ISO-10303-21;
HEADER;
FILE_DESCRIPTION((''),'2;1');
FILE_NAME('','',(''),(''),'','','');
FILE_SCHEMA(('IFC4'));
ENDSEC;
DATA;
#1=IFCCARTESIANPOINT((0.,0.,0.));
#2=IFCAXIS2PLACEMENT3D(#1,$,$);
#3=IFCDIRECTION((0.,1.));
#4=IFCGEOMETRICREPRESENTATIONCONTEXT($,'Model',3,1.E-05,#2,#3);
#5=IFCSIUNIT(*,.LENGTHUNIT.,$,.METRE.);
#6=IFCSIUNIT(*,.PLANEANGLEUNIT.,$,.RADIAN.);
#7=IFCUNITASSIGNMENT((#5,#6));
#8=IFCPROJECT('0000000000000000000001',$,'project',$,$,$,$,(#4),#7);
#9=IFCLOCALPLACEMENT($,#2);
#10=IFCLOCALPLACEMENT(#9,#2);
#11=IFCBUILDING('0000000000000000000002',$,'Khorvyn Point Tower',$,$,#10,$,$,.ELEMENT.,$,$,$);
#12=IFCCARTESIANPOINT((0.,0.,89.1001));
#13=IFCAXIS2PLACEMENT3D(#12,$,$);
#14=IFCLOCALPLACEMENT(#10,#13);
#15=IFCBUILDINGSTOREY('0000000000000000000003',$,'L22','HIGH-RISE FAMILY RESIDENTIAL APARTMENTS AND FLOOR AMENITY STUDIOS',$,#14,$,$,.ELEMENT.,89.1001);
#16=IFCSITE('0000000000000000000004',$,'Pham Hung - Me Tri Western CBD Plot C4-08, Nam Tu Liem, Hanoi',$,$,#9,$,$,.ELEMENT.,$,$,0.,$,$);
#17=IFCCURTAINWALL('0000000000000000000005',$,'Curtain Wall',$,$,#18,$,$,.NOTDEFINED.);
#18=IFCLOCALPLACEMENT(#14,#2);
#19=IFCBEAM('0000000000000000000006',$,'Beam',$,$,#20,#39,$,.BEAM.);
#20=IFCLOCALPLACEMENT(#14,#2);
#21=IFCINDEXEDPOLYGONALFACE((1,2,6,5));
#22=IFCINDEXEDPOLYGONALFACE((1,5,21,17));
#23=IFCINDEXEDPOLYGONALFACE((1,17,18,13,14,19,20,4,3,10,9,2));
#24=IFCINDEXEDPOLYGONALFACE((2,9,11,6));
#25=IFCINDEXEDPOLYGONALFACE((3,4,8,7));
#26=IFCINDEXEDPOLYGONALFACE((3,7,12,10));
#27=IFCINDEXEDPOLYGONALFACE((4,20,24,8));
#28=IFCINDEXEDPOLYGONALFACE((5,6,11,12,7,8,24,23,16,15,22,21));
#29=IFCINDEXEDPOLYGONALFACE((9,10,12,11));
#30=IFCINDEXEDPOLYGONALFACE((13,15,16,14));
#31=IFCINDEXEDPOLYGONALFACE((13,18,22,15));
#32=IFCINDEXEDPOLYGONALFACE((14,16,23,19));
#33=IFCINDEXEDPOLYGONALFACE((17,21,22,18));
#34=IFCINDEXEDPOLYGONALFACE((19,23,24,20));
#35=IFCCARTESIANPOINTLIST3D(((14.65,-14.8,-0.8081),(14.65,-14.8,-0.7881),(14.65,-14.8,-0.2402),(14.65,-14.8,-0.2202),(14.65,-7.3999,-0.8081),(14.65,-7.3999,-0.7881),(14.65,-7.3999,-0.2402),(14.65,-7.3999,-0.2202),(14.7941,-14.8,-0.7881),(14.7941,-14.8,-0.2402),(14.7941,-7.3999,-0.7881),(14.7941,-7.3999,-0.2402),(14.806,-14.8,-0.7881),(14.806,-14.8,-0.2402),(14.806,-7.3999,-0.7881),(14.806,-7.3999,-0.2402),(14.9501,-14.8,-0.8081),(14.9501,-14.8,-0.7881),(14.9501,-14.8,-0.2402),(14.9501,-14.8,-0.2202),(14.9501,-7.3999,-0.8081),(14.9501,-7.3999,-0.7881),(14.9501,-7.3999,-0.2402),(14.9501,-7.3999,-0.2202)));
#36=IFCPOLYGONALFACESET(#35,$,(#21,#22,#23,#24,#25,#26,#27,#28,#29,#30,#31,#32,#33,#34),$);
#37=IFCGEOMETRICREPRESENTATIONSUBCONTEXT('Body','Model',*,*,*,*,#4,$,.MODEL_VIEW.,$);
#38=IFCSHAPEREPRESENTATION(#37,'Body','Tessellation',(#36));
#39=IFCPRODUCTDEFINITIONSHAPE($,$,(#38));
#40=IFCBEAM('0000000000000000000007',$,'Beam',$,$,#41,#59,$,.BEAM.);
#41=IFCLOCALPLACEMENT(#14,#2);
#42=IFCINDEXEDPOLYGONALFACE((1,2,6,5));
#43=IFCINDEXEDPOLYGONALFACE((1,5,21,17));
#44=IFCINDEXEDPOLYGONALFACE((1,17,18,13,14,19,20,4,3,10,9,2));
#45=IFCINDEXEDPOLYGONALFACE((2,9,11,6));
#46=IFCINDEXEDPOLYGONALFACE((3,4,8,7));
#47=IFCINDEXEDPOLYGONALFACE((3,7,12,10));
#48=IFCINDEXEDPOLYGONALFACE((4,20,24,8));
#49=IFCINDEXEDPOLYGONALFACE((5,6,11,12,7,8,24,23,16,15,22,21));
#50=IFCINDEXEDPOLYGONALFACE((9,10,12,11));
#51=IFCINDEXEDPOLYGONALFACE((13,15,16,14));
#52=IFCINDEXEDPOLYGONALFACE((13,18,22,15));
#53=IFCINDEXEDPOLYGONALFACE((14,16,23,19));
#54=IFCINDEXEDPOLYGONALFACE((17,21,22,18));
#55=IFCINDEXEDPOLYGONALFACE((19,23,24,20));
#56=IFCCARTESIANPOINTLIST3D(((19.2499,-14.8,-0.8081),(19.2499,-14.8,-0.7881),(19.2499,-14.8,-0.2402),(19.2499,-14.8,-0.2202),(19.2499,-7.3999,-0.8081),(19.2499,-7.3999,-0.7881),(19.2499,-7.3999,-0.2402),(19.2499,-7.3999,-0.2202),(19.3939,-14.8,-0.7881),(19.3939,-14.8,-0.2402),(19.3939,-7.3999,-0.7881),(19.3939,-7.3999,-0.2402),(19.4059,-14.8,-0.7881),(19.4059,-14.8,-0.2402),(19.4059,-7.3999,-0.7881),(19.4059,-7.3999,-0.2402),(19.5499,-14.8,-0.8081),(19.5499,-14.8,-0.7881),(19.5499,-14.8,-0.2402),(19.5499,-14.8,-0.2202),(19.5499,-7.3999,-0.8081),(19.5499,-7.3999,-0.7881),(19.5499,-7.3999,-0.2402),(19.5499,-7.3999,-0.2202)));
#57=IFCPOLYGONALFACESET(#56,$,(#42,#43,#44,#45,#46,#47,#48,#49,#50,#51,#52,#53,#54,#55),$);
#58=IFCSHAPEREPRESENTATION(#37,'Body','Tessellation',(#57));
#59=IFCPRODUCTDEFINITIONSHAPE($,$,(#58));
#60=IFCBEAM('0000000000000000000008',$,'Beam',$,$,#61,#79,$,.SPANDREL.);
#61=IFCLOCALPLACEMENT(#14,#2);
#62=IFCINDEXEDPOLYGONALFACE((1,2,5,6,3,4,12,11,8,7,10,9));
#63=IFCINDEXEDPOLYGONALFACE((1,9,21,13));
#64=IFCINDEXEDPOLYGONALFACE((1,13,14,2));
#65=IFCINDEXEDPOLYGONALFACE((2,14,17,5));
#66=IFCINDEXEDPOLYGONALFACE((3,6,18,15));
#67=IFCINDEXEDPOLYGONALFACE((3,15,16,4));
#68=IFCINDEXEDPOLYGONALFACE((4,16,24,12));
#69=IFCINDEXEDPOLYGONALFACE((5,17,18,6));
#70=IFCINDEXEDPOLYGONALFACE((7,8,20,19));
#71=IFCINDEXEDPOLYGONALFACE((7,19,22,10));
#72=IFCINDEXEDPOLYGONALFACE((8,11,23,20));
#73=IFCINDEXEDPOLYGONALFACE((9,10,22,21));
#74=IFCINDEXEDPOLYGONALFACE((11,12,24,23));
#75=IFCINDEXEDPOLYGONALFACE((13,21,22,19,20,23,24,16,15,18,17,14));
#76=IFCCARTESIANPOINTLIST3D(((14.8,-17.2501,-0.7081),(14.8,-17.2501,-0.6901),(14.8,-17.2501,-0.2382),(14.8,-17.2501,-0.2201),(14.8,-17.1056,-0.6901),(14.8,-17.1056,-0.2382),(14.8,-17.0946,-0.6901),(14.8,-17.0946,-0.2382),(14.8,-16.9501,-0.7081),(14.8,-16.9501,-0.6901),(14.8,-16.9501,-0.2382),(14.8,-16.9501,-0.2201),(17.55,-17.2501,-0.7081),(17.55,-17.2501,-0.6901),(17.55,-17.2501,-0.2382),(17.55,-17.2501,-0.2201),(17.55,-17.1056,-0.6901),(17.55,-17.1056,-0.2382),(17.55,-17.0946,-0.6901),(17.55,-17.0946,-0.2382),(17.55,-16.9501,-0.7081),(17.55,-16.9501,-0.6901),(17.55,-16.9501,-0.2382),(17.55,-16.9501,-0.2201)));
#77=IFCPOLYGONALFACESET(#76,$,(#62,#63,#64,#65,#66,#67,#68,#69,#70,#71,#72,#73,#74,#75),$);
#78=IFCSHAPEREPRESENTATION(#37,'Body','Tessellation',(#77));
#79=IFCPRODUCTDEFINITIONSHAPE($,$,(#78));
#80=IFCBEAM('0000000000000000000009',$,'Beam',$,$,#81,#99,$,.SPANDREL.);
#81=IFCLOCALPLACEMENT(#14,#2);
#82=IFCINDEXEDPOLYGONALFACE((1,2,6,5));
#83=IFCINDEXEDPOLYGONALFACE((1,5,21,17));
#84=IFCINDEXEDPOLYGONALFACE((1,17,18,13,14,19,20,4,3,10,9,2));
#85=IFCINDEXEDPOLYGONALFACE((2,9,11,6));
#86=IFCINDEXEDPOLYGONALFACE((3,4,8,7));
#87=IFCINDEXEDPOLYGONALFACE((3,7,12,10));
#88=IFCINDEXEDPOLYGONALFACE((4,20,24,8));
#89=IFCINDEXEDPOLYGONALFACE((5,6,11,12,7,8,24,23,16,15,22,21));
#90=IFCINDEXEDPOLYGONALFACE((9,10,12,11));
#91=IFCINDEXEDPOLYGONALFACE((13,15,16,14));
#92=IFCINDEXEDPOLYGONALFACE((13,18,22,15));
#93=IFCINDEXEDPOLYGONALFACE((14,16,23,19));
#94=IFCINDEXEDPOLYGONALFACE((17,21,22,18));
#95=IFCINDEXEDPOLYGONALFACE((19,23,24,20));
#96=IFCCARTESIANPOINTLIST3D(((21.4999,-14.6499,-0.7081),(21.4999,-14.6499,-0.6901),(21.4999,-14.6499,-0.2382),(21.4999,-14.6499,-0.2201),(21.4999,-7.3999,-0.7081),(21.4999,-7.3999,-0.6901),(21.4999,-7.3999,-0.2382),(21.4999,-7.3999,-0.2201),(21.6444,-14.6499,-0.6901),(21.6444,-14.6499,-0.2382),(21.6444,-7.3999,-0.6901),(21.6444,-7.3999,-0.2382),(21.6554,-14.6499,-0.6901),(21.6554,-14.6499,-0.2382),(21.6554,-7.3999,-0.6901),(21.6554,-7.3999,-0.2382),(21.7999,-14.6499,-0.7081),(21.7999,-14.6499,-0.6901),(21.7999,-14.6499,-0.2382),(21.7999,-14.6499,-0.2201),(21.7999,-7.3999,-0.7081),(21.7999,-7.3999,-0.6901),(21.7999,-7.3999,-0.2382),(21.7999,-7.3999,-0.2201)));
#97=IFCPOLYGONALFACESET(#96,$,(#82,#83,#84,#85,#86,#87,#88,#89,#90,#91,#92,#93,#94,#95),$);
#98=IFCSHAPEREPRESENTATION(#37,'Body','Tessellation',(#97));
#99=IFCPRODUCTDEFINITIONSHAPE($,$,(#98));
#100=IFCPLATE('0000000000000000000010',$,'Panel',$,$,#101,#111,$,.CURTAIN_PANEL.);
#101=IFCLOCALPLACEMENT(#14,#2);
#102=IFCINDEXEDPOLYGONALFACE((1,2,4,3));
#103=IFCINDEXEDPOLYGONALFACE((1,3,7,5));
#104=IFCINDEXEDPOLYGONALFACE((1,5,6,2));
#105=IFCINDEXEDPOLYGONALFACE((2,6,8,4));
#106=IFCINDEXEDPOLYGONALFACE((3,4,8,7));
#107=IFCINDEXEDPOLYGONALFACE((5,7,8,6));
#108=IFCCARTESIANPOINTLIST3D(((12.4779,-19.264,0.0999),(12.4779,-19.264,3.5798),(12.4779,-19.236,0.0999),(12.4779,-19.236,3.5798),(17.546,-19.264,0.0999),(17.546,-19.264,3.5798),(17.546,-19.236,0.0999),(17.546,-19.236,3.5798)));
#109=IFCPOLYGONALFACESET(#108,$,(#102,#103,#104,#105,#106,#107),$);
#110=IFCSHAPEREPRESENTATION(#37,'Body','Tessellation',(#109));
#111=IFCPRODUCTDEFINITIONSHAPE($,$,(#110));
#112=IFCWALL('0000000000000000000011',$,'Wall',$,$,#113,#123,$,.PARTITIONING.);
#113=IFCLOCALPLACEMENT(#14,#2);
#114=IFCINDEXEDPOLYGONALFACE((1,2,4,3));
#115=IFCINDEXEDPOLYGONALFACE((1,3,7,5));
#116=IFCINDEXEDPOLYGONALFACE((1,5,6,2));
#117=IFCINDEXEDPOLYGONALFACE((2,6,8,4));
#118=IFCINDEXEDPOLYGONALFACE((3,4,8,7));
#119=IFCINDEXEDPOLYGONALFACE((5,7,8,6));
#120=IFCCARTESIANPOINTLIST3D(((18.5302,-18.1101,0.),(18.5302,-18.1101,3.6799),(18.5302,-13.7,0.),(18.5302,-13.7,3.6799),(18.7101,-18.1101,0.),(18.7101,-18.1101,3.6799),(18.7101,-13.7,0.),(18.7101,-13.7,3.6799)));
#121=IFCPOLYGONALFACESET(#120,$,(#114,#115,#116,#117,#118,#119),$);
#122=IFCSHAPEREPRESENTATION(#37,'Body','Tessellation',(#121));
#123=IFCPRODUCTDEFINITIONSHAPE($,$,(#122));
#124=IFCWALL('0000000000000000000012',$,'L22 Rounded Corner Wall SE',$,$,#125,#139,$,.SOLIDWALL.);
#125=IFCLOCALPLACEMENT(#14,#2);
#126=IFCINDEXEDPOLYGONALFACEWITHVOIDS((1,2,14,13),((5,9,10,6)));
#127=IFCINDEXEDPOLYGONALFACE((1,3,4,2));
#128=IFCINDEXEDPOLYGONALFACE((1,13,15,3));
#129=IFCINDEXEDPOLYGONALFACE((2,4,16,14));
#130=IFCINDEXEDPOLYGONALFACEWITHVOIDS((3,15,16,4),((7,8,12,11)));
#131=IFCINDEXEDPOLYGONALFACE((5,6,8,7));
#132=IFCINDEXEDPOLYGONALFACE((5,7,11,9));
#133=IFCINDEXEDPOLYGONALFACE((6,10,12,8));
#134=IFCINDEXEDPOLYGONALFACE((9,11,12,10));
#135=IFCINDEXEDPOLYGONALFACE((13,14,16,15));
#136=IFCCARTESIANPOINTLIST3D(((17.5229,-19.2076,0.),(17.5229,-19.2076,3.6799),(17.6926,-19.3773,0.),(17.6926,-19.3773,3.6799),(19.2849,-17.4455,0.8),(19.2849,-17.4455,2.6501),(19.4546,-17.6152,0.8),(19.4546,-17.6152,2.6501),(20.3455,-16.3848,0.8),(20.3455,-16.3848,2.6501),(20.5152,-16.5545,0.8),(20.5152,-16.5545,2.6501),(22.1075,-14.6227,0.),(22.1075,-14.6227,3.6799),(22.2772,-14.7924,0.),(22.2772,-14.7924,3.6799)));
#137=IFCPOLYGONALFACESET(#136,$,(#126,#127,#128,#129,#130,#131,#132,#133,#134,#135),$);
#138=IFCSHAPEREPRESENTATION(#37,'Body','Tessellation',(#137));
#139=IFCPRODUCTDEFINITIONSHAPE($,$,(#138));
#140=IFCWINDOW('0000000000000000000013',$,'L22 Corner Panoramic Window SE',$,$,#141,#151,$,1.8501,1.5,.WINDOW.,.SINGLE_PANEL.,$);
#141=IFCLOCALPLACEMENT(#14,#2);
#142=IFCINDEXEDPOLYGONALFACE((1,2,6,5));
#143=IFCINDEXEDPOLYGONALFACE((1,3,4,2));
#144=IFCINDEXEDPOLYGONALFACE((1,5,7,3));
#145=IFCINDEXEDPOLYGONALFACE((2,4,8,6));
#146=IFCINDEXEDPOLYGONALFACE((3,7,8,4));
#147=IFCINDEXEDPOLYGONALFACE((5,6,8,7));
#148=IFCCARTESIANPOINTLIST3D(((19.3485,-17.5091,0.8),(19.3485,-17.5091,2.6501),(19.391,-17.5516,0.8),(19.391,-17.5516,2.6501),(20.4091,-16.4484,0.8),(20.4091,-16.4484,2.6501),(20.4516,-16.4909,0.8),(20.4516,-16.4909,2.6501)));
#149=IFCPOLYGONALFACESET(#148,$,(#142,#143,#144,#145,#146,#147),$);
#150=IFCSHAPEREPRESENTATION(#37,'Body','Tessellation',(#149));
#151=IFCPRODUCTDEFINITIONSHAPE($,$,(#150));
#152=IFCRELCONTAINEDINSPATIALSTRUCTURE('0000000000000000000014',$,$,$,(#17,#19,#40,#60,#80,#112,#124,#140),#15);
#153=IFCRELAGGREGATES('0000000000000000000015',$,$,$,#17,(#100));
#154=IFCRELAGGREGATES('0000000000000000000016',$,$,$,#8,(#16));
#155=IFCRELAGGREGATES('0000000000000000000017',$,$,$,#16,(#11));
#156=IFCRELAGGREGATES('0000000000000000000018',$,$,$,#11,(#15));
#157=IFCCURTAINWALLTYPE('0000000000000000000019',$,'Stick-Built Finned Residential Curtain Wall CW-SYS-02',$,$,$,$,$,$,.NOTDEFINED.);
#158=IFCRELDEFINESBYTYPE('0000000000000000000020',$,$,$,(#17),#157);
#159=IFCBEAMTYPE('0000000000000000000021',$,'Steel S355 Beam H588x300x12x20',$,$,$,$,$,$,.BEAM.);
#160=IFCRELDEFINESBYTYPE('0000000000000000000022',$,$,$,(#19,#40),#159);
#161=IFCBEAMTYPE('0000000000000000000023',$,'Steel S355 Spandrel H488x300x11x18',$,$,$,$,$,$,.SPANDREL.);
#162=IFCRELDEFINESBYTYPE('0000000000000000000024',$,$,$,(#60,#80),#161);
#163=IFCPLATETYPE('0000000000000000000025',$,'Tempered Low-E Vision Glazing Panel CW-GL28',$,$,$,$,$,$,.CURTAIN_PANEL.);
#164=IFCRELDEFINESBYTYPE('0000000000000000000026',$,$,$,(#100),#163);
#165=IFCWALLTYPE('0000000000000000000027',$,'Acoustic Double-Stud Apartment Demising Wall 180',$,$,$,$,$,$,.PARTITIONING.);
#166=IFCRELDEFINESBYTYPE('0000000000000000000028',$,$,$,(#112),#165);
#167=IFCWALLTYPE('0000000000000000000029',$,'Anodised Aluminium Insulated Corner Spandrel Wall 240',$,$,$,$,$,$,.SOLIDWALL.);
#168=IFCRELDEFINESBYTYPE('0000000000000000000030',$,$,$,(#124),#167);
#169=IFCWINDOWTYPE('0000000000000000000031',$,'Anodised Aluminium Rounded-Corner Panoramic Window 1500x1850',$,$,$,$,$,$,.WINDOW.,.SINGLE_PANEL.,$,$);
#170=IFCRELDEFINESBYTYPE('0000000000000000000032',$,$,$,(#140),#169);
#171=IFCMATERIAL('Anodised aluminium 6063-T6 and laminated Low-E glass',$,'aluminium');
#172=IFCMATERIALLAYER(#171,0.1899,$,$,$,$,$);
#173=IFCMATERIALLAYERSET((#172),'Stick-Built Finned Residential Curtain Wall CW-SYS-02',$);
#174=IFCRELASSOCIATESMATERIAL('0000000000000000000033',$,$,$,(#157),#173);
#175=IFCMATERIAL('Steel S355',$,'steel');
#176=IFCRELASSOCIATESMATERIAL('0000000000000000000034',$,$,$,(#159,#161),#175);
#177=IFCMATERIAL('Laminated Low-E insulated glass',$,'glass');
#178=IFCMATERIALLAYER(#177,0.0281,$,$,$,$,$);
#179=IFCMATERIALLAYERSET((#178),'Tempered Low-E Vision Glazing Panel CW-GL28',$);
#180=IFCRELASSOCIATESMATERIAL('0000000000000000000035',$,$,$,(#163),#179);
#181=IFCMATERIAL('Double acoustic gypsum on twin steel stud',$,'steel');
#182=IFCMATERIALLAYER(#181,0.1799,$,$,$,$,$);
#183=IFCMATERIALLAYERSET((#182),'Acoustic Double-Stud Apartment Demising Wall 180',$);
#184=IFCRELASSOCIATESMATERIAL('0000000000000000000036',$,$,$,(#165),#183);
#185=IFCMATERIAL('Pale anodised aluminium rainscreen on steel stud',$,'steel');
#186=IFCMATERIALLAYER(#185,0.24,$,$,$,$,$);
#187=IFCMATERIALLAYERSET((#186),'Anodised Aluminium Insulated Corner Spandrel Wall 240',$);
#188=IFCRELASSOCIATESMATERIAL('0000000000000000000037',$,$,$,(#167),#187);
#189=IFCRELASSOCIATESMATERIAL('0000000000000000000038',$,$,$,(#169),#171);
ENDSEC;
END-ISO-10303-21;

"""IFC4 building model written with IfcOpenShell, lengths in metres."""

from ifc_helpers import new_model, si_unit, direction, frame, frame_2d, origin, origin_2d, place, context, subcontext, project, spatial, rectangle, i_section, extrude, material, layer, layer_set, material_profile, profile_set, type_object, element, fill, aggregate, save


model = new_model("IFC4")

# Units and contexts
model_context = context("Model", 3, precision=1e-05, world=origin(), true_north=direction((0.0, 1.0)))
body_context = subcontext(model_context, "Body", "Model", "MODEL_VIEW")
ifc_project = project(units=[si_unit("LENGTHUNIT", "METRE"), si_unit("PLANEANGLEUNIT", "RADIAN")], contexts=[model_context])

# Site, building, storey
site_placement = place(None, origin())
site = spatial("IfcSite", under=ifc_project, at=site_placement, Name="Pham Hung - Me Tri Western CBD Plot C4-08, Nam Tu Liem, Hanoi", CompositionType="ELEMENT", RefElevation=0.0)
building_placement = place(site_placement, origin())
building = spatial("IfcBuilding", under=site, at=building_placement, Name="Khorvyn Point Tower", CompositionType="ELEMENT")
storey_placement = place(building_placement, frame((0.0, 0.0, 89.1001)))
storey = spatial("IfcBuildingStorey", under=building, at=storey_placement, Name="L22", Description="HIGH-RISE FAMILY RESIDENTIAL APARTMENTS AND FLOOR AMENITY STUDIOS", CompositionType="ELEMENT", Elevation=89.1001)

# Curtain wall
ifc_material_1 = material(Name="Anodised aluminium 6063-T6 and laminated Low-E glass", Category="aluminium")
ifc_layer_1 = layer(ifc_material_1, 0.1899)
ifc_layer_set_1 = layer_set([ifc_layer_1], Name="Stick-Built Finned Residential Curtain Wall CW-SYS-02")
curtain_wall_type = type_object("IfcCurtainWallType", Name="Stick-Built Finned Residential Curtain Wall CW-SYS-02", PredefinedType="NOTDEFINED", material=ifc_layer_set_1)
curtain_wall_1_placement = place(storey_placement, origin())
curtain_wall_1 = element("IfcCurtainWall", 1, at=curtain_wall_1_placement, inside=storey, type_object=curtain_wall_type, Name="Curtain Wall", PredefinedType="NOTDEFINED")

# Beams
ifc_material_2 = material(Name="Steel S355", Category="steel")
ifc_material_profile_1 = material_profile(ifc_material_2, i_section(OverallWidth=0.3, OverallDepth=0.5879, WebThickness=0.012, FlangeThickness=0.02, at=origin_2d()))
ifc_profile_set_1 = profile_set([ifc_material_profile_1], Name="Steel S355 H588x300x12x20")
beam_type_1 = type_object("IfcBeamType", Name="Steel S355 Beam H588x300x12x20", PredefinedType="BEAM", material=ifc_profile_set_1)
for number, where, z_axis, x_axis, name in (
    (2, (14.8, -14.8, -0.5142), (0.0, 1.0, 0.0), (-1.0, 0.0, 0.0), "Beam"),
    (3, (19.3999, -14.8, -0.5142), (0.0, 1.0, 0.0), (-1.0, 0.0, 0.0), "Beam"),
):
    element("IfcBeam", number, at=place(storey_placement, frame(where, z_axis=z_axis, x_axis=x_axis)), inside=storey, type_object=beam_type_1, Name=name, PredefinedType="BEAM", context=body_context, shape_type="SweptSolid", body=[
        extrude(i_section(OverallWidth=0.3, OverallDepth=0.5879, WebThickness=0.012, FlangeThickness=0.02, at=origin_2d()), origin(), (0.0, 0.0, 1.0), 7.4001),
    ])
ifc_material_profile_2 = material_profile(ifc_material_2, i_section(OverallWidth=0.3, OverallDepth=0.488, WebThickness=0.011, FlangeThickness=0.0181, at=origin_2d()))
ifc_profile_set_2 = profile_set([ifc_material_profile_2], Name="Steel S355 H488x300x11x18")
beam_type_2 = type_object("IfcBeamType", Name="Steel S355 Spandrel H488x300x11x18", PredefinedType="SPANDREL", material=ifc_profile_set_2)
beam_1_placement = place(storey_placement, frame((14.8, -17.1001, -0.4641), z_axis=(1.0, 0.0, 0.0), x_axis=(0.0, 1.0, 0.0)))
element("IfcBeam", 4, at=beam_1_placement, inside=storey, type_object=beam_type_2, Name="Beam", PredefinedType="SPANDREL", context=body_context, shape_type="SweptSolid", body=[
    extrude(i_section(OverallWidth=0.3, OverallDepth=0.488, WebThickness=0.011, FlangeThickness=0.0181, at=origin_2d()), origin(), (0.0, 0.0, 1.0), 2.75),
])
beam_2_placement = place(storey_placement, frame((21.6499, -14.6499, -0.4641), z_axis=(0.0, 1.0, 0.0), x_axis=(-1.0, 0.0, 0.0)))
element("IfcBeam", 5, at=beam_2_placement, inside=storey, type_object=beam_type_2, Name="Beam", PredefinedType="SPANDREL", context=body_context, shape_type="SweptSolid", body=[
    extrude(i_section(OverallWidth=0.3, OverallDepth=0.488, WebThickness=0.011, FlangeThickness=0.0181, at=origin_2d()), origin(), (0.0, 0.0, 1.0), 7.25),
])

# Plate
ifc_material_3 = material(Name="Laminated Low-E insulated glass", Category="glass")
ifc_layer_2 = layer(ifc_material_3, 0.0281)
ifc_layer_set_2 = layer_set([ifc_layer_2], Name="Tempered Low-E Vision Glazing Panel CW-GL28")
plate_type = type_object("IfcPlateType", Name="Tempered Low-E Vision Glazing Panel CW-GL28", PredefinedType="CURTAIN_PANEL", material=ifc_layer_set_2)
plate_placement = place(storey_placement, frame((15.012, -19.25, 0.0999), z_axis=(0.0, 0.0, 1.0), x_axis=(-1.0, 0.0, 0.0)))
plate = element("IfcPlate", 6, at=plate_placement, type_object=plate_type, Name="Panel", PredefinedType="CURTAIN_PANEL", context=body_context, shape_type="SweptSolid", body=[
    extrude(rectangle(XDim=5.0681, YDim=0.0281, at=origin_2d()), origin(), (0.0, 0.0, 1.0), 3.48),
])
aggregate(curtain_wall_1, [plate])

# Wall
ifc_material_4 = material(Name="Double acoustic gypsum on twin steel stud", Category="steel")
ifc_layer_3 = layer(ifc_material_4, 0.1799)
ifc_layer_set_3 = layer_set([ifc_layer_3], Name="Acoustic Double-Stud Apartment Demising Wall 180")
wall_type_1 = type_object("IfcWallType", Name="Acoustic Double-Stud Apartment Demising Wall 180", PredefinedType="PARTITIONING", material=ifc_layer_set_3)
wall_1_placement = place(storey_placement, frame((18.6201, -18.1101, 0.0), z_axis=(0.0, 0.0, 1.0), x_axis=(0.0, 1.0, 0.0)))
element("IfcWall", 7, at=wall_1_placement, inside=storey, type_object=wall_type_1, Name="Wall", PredefinedType="PARTITIONING", context=body_context, shape_type="SweptSolid", body=[
    extrude(rectangle(XDim=4.4102, YDim=0.1799, at=frame_2d((2.2051, 0.0))), origin(), (0.0, 0.0, 1.0), 3.6799),
])

# Wall, opening, window
ifc_material_5 = material(Name="Pale anodised aluminium rainscreen on steel stud", Category="steel")
ifc_layer_4 = layer(ifc_material_5, 0.24)
ifc_layer_set_4 = layer_set([ifc_layer_4], Name="Anodised Aluminium Insulated Corner Spandrel Wall 240")
wall_type_2 = type_object("IfcWallType", Name="Anodised Aluminium Insulated Corner Spandrel Wall 240", PredefinedType="SOLIDWALL", material=ifc_layer_set_4)
wall_2_placement = place(storey_placement, frame((22.1924, -14.7075, 0.0), z_axis=(0.0, 0.0, 1.0), x_axis=(-0.707088, -0.707126, 0.0)))
wall_2 = element("IfcWall", 8, at=wall_2_placement, inside=storey, type_object=wall_type_2, Name="L22 Rounded Corner Wall SE", PredefinedType="SOLIDWALL", context=body_context, shape_type="SweptSolid", body=[
    extrude(rectangle(XDim=6.4839, YDim=0.24, at=frame_2d((3.2419, 0.0))), origin(), (0.0, 0.0, 1.0), 3.6799),
])
opening_1_placement = place(wall_2_placement, frame((2.4919, 0.0, 0.8)))
opening_1 = element("IfcOpeningElement", 9, at=opening_1_placement, cuts=wall_2, PredefinedType="OPENING", context=body_context, shape_type="SweptSolid", body=[
    extrude(rectangle(XDim=1.5, YDim=1.8501, at=frame_2d((0.75, 0.925))), frame((0.0, 0.1299, 0.0), z_axis=(0.0, -1.0, 0.0), x_axis=(1.0, 0.0, 0.0)), (0.0, 0.0, 1.0), 0.26),
])
window_type = type_object("IfcWindowType", Name="Anodised Aluminium Rounded-Corner Panoramic Window 1500x1850", PartitioningType="SINGLE_PANEL", PredefinedType="WINDOW", material=ifc_material_1)
window_placement = place(opening_1_placement, origin())
window = element("IfcWindow", 10, at=window_placement, inside=storey, type_object=window_type, Name="L22 Corner Panoramic Window SE", OverallHeight=1.8501, OverallWidth=1.5, PartitioningType="SINGLE_PANEL", PredefinedType="WINDOW", context=body_context, shape_type="SweptSolid", body=[
    extrude(rectangle(XDim=1.5, YDim=1.8501, at=frame_2d((0.75, 0.925))), frame((0.0, 0.03, 0.0), z_axis=(0.0, -1.0, 0.0), x_axis=(1.0, 0.0, 0.0)), (0.0, 0.0, 1.0), 0.0601),
])
fill(opening_1, window)

save(model, "model.ifc")
